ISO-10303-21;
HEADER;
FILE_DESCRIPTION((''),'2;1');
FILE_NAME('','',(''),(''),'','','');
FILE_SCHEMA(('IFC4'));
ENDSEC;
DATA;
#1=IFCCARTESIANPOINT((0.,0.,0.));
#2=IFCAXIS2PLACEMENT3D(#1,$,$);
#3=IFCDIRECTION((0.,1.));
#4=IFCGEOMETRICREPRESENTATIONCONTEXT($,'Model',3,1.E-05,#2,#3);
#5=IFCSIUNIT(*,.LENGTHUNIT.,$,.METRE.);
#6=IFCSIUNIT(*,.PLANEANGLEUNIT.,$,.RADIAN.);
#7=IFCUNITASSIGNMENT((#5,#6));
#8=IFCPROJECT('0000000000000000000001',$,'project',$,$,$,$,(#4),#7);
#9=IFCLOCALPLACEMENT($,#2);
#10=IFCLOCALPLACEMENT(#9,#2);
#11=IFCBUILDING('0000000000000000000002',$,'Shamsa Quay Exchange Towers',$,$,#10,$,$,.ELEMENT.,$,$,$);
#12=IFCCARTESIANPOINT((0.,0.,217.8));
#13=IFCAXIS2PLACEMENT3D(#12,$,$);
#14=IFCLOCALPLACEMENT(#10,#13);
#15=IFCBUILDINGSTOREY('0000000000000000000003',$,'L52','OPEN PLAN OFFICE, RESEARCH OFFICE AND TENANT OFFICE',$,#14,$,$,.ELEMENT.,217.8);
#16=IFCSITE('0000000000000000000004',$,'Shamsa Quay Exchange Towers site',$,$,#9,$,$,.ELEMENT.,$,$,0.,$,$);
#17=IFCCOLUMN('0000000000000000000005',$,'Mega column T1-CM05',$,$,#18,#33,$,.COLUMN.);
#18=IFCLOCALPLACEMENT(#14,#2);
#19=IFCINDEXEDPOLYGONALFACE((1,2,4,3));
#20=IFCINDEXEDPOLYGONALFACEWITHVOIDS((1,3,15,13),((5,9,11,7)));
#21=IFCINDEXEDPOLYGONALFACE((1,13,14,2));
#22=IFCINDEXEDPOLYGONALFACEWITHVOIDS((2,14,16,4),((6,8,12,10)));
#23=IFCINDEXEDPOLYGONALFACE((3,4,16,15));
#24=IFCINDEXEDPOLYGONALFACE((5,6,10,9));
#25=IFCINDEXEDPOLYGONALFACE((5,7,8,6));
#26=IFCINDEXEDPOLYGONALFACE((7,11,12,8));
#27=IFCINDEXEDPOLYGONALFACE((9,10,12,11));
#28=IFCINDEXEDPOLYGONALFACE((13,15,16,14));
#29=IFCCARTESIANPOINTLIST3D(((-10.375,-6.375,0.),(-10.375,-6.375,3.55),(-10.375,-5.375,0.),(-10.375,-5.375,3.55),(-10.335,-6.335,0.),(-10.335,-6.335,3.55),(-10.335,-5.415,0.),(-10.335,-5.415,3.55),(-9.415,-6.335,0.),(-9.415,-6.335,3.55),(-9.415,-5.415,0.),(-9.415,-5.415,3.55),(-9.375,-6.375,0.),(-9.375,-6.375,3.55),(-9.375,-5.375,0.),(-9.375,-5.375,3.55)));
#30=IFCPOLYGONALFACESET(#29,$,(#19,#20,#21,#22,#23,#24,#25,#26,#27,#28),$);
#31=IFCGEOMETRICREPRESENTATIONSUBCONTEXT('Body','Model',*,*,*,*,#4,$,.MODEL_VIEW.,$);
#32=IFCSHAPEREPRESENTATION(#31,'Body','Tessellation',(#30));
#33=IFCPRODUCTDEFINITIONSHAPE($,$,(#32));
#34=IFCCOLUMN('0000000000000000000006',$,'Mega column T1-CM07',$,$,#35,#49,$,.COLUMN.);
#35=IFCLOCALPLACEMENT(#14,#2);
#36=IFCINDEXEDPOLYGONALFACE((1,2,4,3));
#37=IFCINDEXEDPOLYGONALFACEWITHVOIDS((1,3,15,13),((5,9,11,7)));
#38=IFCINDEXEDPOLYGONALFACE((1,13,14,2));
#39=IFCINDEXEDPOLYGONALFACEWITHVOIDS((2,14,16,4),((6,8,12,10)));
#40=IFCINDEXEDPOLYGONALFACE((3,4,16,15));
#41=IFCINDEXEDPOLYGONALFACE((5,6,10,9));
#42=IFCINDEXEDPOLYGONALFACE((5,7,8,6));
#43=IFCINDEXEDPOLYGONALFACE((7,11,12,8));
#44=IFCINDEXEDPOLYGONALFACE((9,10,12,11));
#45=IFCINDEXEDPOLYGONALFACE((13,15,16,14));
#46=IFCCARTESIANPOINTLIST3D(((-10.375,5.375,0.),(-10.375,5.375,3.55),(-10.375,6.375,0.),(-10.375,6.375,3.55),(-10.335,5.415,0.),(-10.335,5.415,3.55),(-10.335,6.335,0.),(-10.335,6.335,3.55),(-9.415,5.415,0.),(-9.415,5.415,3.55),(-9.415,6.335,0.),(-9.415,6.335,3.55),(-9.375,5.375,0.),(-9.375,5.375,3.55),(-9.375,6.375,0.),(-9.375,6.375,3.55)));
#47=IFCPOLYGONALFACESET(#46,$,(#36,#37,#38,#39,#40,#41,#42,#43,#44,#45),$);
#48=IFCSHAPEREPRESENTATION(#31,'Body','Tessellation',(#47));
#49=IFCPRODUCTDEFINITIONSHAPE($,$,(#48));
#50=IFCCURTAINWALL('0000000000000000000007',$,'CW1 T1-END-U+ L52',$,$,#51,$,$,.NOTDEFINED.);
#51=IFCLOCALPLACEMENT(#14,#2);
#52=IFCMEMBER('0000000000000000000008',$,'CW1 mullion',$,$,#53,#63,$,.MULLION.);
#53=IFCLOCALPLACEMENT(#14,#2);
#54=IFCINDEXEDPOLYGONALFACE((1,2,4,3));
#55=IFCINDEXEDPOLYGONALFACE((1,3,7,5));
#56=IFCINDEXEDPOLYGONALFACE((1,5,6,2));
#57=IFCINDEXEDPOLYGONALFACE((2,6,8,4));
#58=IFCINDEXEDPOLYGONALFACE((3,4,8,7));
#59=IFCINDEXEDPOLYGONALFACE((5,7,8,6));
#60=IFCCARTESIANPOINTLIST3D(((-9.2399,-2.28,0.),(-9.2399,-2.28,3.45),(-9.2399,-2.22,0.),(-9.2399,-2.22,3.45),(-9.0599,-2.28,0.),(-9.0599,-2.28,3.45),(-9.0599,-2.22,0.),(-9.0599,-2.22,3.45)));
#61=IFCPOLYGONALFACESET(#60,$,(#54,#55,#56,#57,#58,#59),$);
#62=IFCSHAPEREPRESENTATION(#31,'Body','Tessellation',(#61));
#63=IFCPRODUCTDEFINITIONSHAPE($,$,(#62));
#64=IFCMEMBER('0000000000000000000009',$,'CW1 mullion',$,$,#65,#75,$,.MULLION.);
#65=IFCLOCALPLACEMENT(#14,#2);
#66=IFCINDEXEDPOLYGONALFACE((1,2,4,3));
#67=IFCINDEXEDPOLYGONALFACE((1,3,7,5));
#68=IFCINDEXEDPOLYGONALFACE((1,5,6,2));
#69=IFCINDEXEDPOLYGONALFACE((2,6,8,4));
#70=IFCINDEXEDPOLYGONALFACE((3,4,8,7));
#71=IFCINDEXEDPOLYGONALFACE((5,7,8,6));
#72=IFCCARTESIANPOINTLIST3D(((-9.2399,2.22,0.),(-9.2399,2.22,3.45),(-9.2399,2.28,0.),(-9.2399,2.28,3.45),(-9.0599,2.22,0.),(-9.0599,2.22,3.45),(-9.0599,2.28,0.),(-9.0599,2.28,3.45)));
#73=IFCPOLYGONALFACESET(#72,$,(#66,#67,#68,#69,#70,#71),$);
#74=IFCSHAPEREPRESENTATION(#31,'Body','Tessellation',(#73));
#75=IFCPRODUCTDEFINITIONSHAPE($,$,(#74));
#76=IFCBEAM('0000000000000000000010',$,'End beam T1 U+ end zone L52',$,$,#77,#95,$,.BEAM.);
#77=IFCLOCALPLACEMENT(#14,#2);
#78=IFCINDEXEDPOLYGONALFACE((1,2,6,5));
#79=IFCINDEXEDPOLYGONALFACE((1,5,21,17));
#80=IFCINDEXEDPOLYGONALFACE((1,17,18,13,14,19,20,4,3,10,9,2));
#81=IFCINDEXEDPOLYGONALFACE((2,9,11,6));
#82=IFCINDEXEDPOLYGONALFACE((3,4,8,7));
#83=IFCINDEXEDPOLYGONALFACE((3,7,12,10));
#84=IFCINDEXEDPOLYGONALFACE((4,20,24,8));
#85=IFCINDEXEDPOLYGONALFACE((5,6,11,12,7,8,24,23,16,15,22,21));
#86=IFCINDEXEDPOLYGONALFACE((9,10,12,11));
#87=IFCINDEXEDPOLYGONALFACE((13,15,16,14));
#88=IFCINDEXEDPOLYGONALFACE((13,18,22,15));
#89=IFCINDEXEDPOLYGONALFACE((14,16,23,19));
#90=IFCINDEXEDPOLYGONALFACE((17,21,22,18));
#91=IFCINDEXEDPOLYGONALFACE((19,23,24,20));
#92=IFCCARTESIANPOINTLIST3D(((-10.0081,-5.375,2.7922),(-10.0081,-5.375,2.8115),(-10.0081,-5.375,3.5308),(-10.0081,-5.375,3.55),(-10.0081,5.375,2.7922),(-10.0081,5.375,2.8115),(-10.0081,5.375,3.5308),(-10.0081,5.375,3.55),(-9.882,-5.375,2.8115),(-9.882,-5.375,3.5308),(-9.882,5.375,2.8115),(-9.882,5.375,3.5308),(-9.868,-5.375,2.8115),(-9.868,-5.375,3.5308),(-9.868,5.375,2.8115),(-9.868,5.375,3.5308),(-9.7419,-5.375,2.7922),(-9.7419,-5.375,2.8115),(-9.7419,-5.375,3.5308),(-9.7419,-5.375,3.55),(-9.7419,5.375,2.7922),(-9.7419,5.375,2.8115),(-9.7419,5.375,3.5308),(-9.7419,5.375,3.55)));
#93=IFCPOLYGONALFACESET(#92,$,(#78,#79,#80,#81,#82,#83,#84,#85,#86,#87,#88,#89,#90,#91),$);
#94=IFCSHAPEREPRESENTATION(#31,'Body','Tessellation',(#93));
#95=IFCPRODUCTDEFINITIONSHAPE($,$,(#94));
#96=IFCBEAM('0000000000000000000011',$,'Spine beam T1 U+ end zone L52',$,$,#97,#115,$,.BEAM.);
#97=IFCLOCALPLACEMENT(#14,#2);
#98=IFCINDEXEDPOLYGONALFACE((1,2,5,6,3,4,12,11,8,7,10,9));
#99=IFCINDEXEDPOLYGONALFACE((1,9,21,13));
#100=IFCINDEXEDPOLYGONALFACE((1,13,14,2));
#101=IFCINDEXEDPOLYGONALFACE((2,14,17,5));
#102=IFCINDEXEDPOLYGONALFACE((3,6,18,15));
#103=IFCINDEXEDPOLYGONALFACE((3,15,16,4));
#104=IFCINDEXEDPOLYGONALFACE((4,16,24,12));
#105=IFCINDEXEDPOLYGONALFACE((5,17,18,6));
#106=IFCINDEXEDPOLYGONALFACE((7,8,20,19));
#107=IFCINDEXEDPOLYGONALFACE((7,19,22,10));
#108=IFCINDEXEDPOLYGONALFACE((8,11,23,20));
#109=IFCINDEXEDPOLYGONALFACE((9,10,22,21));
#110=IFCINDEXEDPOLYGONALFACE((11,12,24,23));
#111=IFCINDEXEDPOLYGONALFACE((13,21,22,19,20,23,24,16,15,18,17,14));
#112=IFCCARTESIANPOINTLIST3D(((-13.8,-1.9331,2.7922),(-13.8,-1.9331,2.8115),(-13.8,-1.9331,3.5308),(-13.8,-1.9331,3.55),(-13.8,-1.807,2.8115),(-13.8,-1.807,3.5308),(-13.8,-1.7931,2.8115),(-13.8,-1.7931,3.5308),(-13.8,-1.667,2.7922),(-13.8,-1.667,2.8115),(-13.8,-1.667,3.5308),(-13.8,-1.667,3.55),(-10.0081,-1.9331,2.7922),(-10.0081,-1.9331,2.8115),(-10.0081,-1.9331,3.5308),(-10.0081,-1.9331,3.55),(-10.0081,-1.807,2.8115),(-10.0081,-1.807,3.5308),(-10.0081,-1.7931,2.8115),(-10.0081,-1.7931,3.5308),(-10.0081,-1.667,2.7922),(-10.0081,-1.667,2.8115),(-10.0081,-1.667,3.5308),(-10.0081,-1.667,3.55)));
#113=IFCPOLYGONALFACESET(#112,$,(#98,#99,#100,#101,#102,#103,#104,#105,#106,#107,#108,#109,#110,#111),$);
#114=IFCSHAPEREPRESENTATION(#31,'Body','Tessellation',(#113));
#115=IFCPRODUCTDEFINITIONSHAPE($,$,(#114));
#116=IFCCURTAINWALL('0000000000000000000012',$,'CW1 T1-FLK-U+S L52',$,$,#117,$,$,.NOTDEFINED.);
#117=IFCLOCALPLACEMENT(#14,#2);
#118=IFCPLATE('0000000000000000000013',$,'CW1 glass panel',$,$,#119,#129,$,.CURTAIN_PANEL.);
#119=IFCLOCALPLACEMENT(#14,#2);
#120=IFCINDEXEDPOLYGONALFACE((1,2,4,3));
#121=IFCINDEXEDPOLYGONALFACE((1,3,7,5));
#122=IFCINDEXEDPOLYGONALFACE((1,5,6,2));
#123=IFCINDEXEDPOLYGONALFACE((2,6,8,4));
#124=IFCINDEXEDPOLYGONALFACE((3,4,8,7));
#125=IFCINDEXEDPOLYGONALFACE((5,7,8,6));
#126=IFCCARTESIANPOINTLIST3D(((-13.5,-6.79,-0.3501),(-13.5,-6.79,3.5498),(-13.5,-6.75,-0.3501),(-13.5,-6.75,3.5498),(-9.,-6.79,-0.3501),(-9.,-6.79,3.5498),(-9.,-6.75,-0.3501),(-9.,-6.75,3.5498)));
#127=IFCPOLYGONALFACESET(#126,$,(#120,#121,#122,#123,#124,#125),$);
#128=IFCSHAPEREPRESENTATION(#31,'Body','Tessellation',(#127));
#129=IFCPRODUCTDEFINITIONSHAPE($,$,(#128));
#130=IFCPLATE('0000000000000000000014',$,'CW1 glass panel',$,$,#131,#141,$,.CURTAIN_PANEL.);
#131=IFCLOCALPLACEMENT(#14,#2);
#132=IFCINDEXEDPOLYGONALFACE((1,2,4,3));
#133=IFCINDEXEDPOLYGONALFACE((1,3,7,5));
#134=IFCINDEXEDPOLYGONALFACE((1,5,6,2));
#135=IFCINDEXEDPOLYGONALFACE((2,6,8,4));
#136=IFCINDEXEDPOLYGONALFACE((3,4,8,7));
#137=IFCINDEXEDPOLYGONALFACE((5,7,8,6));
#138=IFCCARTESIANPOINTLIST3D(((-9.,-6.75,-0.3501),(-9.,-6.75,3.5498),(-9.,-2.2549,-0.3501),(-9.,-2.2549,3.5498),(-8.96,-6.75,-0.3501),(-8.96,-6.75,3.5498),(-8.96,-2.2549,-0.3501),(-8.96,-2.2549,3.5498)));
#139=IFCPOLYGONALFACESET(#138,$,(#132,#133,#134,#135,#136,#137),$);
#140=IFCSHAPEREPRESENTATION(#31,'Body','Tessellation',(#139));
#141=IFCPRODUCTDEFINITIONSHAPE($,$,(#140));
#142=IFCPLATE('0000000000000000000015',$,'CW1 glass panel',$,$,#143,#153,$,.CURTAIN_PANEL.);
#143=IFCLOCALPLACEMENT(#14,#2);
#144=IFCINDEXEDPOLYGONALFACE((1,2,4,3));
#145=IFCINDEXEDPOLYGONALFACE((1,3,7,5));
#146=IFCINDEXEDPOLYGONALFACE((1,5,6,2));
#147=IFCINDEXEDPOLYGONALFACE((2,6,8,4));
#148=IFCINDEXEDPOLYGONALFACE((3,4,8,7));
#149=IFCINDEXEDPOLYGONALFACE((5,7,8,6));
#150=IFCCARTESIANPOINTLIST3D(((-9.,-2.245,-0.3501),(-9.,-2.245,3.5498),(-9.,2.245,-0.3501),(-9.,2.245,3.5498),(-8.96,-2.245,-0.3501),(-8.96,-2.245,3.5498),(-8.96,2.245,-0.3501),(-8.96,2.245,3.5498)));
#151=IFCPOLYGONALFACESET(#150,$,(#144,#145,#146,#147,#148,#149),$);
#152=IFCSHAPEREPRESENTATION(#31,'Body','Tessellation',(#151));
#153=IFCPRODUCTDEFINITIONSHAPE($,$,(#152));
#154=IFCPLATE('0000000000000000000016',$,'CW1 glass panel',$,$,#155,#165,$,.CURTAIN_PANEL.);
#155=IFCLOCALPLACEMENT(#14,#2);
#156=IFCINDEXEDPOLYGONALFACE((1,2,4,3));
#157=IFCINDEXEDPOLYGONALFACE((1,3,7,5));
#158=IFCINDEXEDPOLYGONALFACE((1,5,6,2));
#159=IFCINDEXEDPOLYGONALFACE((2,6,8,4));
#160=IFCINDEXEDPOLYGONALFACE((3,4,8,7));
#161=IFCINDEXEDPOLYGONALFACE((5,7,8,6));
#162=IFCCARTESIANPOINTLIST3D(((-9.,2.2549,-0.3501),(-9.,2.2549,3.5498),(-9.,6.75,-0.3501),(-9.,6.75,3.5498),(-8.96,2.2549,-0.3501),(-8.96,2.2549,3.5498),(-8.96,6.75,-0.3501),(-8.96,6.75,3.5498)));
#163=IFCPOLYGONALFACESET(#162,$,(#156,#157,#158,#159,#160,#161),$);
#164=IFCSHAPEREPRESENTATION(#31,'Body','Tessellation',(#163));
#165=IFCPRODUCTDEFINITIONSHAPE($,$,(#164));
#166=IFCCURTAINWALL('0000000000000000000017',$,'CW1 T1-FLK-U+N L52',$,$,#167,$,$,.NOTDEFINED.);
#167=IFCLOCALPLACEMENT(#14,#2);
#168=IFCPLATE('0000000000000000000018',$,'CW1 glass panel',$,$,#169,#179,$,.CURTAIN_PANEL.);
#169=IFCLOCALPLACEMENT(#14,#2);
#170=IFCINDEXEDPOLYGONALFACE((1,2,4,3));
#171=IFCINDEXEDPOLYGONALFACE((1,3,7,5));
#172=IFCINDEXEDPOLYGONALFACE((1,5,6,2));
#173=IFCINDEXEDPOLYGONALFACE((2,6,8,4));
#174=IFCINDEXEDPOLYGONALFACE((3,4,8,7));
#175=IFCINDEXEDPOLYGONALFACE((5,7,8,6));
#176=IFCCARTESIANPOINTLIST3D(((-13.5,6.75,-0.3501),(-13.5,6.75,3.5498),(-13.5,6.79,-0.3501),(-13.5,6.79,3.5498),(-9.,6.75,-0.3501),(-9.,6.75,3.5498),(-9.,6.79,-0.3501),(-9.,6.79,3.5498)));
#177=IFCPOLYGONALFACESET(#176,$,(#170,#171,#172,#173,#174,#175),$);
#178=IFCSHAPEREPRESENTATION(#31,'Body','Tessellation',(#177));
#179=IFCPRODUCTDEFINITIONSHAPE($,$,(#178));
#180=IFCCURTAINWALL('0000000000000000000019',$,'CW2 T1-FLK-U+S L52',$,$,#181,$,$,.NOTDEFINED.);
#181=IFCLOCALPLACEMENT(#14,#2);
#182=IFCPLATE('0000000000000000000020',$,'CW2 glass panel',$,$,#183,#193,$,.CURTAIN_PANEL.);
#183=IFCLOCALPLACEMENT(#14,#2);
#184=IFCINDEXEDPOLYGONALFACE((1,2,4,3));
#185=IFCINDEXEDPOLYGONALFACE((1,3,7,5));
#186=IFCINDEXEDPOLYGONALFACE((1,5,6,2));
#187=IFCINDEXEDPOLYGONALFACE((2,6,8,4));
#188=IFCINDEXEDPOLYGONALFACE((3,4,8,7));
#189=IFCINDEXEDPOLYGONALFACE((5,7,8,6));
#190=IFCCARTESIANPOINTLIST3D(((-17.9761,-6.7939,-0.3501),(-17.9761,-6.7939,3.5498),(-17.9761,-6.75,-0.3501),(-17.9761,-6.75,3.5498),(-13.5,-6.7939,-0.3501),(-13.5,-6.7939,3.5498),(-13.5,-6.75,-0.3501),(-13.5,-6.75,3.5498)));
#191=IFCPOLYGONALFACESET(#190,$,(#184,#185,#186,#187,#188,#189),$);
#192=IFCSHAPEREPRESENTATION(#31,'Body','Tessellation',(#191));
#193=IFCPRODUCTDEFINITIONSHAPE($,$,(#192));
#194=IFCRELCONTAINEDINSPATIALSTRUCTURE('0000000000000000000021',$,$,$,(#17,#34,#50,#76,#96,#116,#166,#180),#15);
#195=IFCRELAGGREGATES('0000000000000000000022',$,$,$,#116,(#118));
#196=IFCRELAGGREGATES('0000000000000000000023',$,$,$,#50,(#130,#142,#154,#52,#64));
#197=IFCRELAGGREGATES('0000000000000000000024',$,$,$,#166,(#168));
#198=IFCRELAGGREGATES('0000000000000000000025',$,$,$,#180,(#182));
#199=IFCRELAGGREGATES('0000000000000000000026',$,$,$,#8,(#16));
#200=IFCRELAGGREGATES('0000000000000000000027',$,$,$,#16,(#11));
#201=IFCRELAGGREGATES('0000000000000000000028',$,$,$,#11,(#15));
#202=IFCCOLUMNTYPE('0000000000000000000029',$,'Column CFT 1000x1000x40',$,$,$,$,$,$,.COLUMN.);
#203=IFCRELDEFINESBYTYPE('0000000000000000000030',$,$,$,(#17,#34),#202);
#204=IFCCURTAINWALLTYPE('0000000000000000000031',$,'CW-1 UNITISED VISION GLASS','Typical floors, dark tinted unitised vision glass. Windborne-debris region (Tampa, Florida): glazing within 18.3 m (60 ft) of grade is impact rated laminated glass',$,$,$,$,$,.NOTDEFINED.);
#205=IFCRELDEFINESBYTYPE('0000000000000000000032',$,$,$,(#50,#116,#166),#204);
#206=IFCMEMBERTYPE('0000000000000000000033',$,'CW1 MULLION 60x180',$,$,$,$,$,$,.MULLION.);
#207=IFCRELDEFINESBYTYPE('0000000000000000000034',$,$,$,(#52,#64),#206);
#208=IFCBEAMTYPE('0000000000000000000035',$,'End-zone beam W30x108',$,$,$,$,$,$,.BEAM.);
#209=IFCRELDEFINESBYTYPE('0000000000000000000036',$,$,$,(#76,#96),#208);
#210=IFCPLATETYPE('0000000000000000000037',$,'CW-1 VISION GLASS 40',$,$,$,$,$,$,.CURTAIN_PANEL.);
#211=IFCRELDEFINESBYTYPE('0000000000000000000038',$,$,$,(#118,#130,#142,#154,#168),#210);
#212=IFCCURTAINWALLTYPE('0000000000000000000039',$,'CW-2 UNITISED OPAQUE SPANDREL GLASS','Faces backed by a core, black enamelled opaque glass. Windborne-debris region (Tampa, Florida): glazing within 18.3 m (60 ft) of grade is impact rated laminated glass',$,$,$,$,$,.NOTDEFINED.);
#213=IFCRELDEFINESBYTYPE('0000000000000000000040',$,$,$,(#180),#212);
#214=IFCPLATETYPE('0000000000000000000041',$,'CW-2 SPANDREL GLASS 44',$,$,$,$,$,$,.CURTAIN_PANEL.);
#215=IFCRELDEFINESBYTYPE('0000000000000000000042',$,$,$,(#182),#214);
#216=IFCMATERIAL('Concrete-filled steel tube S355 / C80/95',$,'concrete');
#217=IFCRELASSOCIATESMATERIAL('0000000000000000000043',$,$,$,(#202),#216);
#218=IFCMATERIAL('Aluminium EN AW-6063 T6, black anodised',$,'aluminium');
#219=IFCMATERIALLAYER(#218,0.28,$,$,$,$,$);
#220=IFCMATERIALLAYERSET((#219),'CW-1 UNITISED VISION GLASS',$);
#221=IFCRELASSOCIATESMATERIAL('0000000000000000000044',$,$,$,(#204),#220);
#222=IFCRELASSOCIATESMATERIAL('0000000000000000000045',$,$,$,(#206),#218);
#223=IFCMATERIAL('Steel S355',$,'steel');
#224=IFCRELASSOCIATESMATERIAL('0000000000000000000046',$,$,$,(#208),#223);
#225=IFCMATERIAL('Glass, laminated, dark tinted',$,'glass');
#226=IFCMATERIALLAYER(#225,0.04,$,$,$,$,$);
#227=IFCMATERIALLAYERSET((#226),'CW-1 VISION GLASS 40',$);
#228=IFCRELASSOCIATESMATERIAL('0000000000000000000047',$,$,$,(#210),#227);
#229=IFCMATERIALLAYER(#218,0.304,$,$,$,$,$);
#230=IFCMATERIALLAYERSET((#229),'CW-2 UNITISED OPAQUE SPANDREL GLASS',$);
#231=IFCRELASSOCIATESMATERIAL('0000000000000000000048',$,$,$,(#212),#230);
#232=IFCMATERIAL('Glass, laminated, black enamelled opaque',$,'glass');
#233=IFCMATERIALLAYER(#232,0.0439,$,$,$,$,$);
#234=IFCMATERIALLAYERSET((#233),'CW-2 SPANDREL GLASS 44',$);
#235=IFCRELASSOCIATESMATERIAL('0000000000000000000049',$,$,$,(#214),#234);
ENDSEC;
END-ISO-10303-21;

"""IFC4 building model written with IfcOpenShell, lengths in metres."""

from ifc_helpers import new_model, si_unit, direction, frame, origin, origin_2d, place, context, subcontext, project, spatial, rectangle, hollow_rectangle, i_section, extrude, material, layer, layer_set, material_profile, profile_set, type_object, element, aggregate, save


model = new_model("IFC4")

# Units and contexts
model_context = context("Model", 3, precision=1e-05, world=origin(), true_north=direction((0.0, 1.0)))
body_context = subcontext(model_context, "Body", "Model", "MODEL_VIEW")
ifc_project = project(units=[si_unit("LENGTHUNIT", "METRE"), si_unit("PLANEANGLEUNIT", "RADIAN")], contexts=[model_context])

# Site, building, storey
site_placement = place(None, origin())
site = spatial("IfcSite", under=ifc_project, at=site_placement, Name="Shamsa Quay Exchange Towers site", CompositionType="ELEMENT", RefElevation=0.0)
building_placement = place(site_placement, origin())
building = spatial("IfcBuilding", under=site, at=building_placement, Name="Shamsa Quay Exchange Towers", CompositionType="ELEMENT")
storey_placement = place(building_placement, frame((0.0, 0.0, 217.8)))
storey = spatial("IfcBuildingStorey", under=building, at=storey_placement, Name="L52", Description="OPEN PLAN OFFICE, RESEARCH OFFICE AND TENANT OFFICE", CompositionType="ELEMENT", Elevation=217.8)

# Columns
ifc_material_1 = material(Name="Concrete-filled steel tube S355 / C80/95", Category="concrete")
ifc_material_profile_1 = material_profile(ifc_material_1, hollow_rectangle(XDim=1.0, YDim=1.0, WallThickness=0.04, at=origin_2d()), Name="CFT 1000x1000x40")
ifc_profile_set_1 = profile_set([ifc_material_profile_1], Name="Concrete-filled steel tube S355 / C80/95")
column_type = type_object("IfcColumnType", Name="Column CFT 1000x1000x40", PredefinedType="COLUMN", material=ifc_profile_set_1)
for number, where, name in (
    (1, (-9.875, -5.875, 0.0), "Mega column T1-CM05"),
    (2, (-9.875, 5.875, 0.0), "Mega column T1-CM07"),
):
    element("IfcColumn", number, at=place(storey_placement, frame(where)), inside=storey, type_object=column_type, Name=name, PredefinedType="COLUMN", context=body_context, shape_type="SweptSolid", body=[
        extrude(hollow_rectangle(XDim=1.0, YDim=1.0, WallThickness=0.04, at=origin_2d()), origin(), (0.0, 0.0, 1.0), 3.55),
    ])

# Curtain wall, members
ifc_material_2 = material(Name="Aluminium EN AW-6063 T6, black anodised", Category="aluminium")
ifc_layer_1 = layer(ifc_material_2, 0.28)
ifc_layer_set_1 = layer_set([ifc_layer_1], Name="CW-1 UNITISED VISION GLASS")
curtain_wall_type_1 = type_object("IfcCurtainWallType", Name="CW-1 UNITISED VISION GLASS", Description="Typical floors, dark tinted unitised vision glass. Windborne-debris region (Tampa, Florida): glazing within 18.3 m (60 ft) of grade is impact rated laminated glass", PredefinedType="NOTDEFINED", material=ifc_layer_set_1)
curtain_wall_1_placement = place(storey_placement, origin())
curtain_wall_1 = element("IfcCurtainWall", 3, at=curtain_wall_1_placement, inside=storey, type_object=curtain_wall_type_1, Name="CW1 T1-END-U+ L52", PredefinedType="NOTDEFINED")
ifc_material_profile_2 = material_profile(ifc_material_2, rectangle(XDim=0.1799, YDim=0.0601, at=origin_2d()), Name="MU60x180")
ifc_profile_set_2 = profile_set([ifc_material_profile_2], Name="Aluminium EN AW-6063 T6, black anodised")
member_type = type_object("IfcMemberType", Name="CW1 MULLION 60x180", PredefinedType="MULLION", material=ifc_profile_set_2)
member_1_placement = place(storey_placement, frame((-9.1499, -2.25, 0.0), z_axis=(0.0, 0.0, 1.0), x_axis=(-1.0, 0.0, 0.0)))
member_1 = element("IfcMember", 4, at=member_1_placement, type_object=member_type, Name="CW1 mullion", PredefinedType="MULLION", context=body_context, shape_type="SweptSolid", body=[
    extrude(rectangle(XDim=0.1799, YDim=0.0601, at=origin_2d()), origin(), (0.0, 0.0, 1.0), 3.45),
])
member_2_placement = place(storey_placement, frame((-9.1499, 2.25, 0.0), z_axis=(0.0, 0.0, 1.0), x_axis=(-1.0, 0.0, 0.0)))
member_2 = element("IfcMember", 5, at=member_2_placement, type_object=member_type, Name="CW1 mullion", PredefinedType="MULLION", context=body_context, shape_type="SweptSolid", body=[
    extrude(rectangle(XDim=0.1799, YDim=0.0601, at=origin_2d()), origin(), (0.0, 0.0, 1.0), 3.45),
])

# Beams
ifc_material_3 = material(Name="Steel S355", Category="steel")
ifc_material_profile_3 = material_profile(ifc_material_3, i_section(OverallWidth=0.2661, OverallDepth=0.7578, WebThickness=0.0139, FlangeThickness=0.0193, at=origin_2d()), Name="W30x108")
ifc_profile_set_3 = profile_set([ifc_material_profile_3], Name="Steel S355")
beam_type = type_object("IfcBeamType", Name="End-zone beam W30x108", PredefinedType="BEAM", material=ifc_profile_set_3)
beam_1_placement = place(storey_placement, frame((-9.875, -5.375, 3.1711), z_axis=(0.0, 1.0, 0.0), x_axis=(-1.0, 0.0, 0.0)))
element("IfcBeam", 6, at=beam_1_placement, inside=storey, type_object=beam_type, Name="End beam T1 U+ end zone L52", PredefinedType="BEAM", context=body_context, shape_type="SweptSolid", body=[
    extrude(i_section(OverallWidth=0.2661, OverallDepth=0.7578, WebThickness=0.0139, FlangeThickness=0.0193, at=origin_2d()), origin(), (0.0, 0.0, 1.0), 10.75),
])
beam_2_placement = place(storey_placement, frame((-13.8, -1.8, 3.1711), z_axis=(1.0, 0.0, 0.0), x_axis=(0.0, 1.0, 0.0)))
element("IfcBeam", 7, at=beam_2_placement, inside=storey, type_object=beam_type, Name="Spine beam T1 U+ end zone L52", PredefinedType="BEAM", context=body_context, shape_type="SweptSolid", body=[
    extrude(i_section(OverallWidth=0.2661, OverallDepth=0.7578, WebThickness=0.0139, FlangeThickness=0.0193, at=origin_2d()), origin(), (0.0, 0.0, 1.0), 3.792),
])

# Curtain wall, plate
curtain_wall_2_placement = place(storey_placement, origin())
curtain_wall_2 = element("IfcCurtainWall", 8, at=curtain_wall_2_placement, inside=storey, type_object=curtain_wall_type_1, Name="CW1 T1-FLK-U+S L52", PredefinedType="NOTDEFINED")
ifc_material_4 = material(Name="Glass, laminated, dark tinted", Category="glass")
ifc_layer_2 = layer(ifc_material_4, 0.04)
ifc_layer_set_2 = layer_set([ifc_layer_2], Name="CW-1 VISION GLASS 40")
plate_type_1 = type_object("IfcPlateType", Name="CW-1 VISION GLASS 40", PredefinedType="CURTAIN_PANEL", material=ifc_layer_set_2)
plate_1_placement = place(storey_placement, frame((-11.25, -6.77, -0.3501)))
plate_1 = element("IfcPlate", 9, at=plate_1_placement, type_object=plate_type_1, Name="CW1 glass panel", PredefinedType="CURTAIN_PANEL", context=body_context, shape_type="SweptSolid", body=[
    extrude(rectangle(XDim=4.5, YDim=0.04, at=origin_2d()), origin(), (0.0, 0.0, 1.0), 3.8999),
])
aggregate(curtain_wall_2, [plate_1])

# Plates
plate_2_placement = place(storey_placement, frame((-8.98, -4.5024, -0.3501), z_axis=(0.0, 0.0, 1.0), x_axis=(0.0, 1.0, 0.0)))
plate_2 = element("IfcPlate", 10, at=plate_2_placement, type_object=plate_type_1, Name="CW1 glass panel", PredefinedType="CURTAIN_PANEL", context=body_context, shape_type="SweptSolid", body=[
    extrude(rectangle(XDim=4.4951, YDim=0.04, at=origin_2d()), origin(), (0.0, 0.0, 1.0), 3.8999),
])
plate_3_placement = place(storey_placement, frame((-8.98, 0.0, -0.3501), z_axis=(0.0, 0.0, 1.0), x_axis=(0.0, 1.0, 0.0)))
plate_3 = element("IfcPlate", 11, at=plate_3_placement, type_object=plate_type_1, Name="CW1 glass panel", PredefinedType="CURTAIN_PANEL", context=body_context, shape_type="SweptSolid", body=[
    extrude(rectangle(XDim=4.49, YDim=0.04, at=origin_2d()), origin(), (0.0, 0.0, 1.0), 3.8999),
])
plate_4_placement = place(storey_placement, frame((-8.98, 4.5024, -0.3501), z_axis=(0.0, 0.0, 1.0), x_axis=(0.0, 1.0, 0.0)))
plate_4 = element("IfcPlate", 12, at=plate_4_placement, type_object=plate_type_1, Name="CW1 glass panel", PredefinedType="CURTAIN_PANEL", context=body_context, shape_type="SweptSolid", body=[
    extrude(rectangle(XDim=4.4951, YDim=0.04, at=origin_2d()), origin(), (0.0, 0.0, 1.0), 3.8999),
])
aggregate(curtain_wall_1, [plate_2, plate_3, plate_4, member_1, member_2])

# Curtain walls, plates
curtain_wall_3_placement = place(storey_placement, origin())
curtain_wall_3 = element("IfcCurtainWall", 13, at=curtain_wall_3_placement, inside=storey, type_object=curtain_wall_type_1, Name="CW1 T1-FLK-U+N L52", PredefinedType="NOTDEFINED")
plate_5_placement = place(storey_placement, frame((-11.25, 6.77, -0.3501), z_axis=(0.0, 0.0, 1.0), x_axis=(-1.0, 0.0, 0.0)))
plate_5 = element("IfcPlate", 14, at=plate_5_placement, type_object=plate_type_1, Name="CW1 glass panel", PredefinedType="CURTAIN_PANEL", context=body_context, shape_type="SweptSolid", body=[
    extrude(rectangle(XDim=4.5, YDim=0.04, at=origin_2d()), origin(), (0.0, 0.0, 1.0), 3.8999),
])
aggregate(curtain_wall_3, [plate_5])
ifc_layer_3 = layer(ifc_material_2, 0.304)
ifc_layer_set_3 = layer_set([ifc_layer_3], Name="CW-2 UNITISED OPAQUE SPANDREL GLASS")
curtain_wall_type_2 = type_object("IfcCurtainWallType", Name="CW-2 UNITISED OPAQUE SPANDREL GLASS", Description="Faces backed by a core, black enamelled opaque glass. Windborne-debris region (Tampa, Florida): glazing within 18.3 m (60 ft) of grade is impact rated laminated glass", PredefinedType="NOTDEFINED", material=ifc_layer_set_3)
curtain_wall_4_placement = place(storey_placement, origin())
curtain_wall_4 = element("IfcCurtainWall", 15, at=curtain_wall_4_placement, inside=storey, type_object=curtain_wall_type_2, Name="CW2 T1-FLK-U+S L52", PredefinedType="NOTDEFINED")
ifc_material_5 = material(Name="Glass, laminated, black enamelled opaque", Category="glass")
ifc_layer_4 = layer(ifc_material_5, 0.0439)
ifc_layer_set_4 = layer_set([ifc_layer_4], Name="CW-2 SPANDREL GLASS 44")
plate_type_2 = type_object("IfcPlateType", Name="CW-2 SPANDREL GLASS 44", PredefinedType="CURTAIN_PANEL", material=ifc_layer_set_4)
plate_6_placement = place(storey_placement, frame((-15.738, -6.772, -0.3501)))
plate_6 = element("IfcPlate", 16, at=plate_6_placement, type_object=plate_type_2, Name="CW2 glass panel", PredefinedType="CURTAIN_PANEL", context=body_context, shape_type="SweptSolid", body=[
    extrude(rectangle(XDim=4.4761, YDim=0.0439, at=origin_2d()), origin(), (0.0, 0.0, 1.0), 3.8999),
])
aggregate(curtain_wall_4, [plate_6])

save(model, "model.ifc")
